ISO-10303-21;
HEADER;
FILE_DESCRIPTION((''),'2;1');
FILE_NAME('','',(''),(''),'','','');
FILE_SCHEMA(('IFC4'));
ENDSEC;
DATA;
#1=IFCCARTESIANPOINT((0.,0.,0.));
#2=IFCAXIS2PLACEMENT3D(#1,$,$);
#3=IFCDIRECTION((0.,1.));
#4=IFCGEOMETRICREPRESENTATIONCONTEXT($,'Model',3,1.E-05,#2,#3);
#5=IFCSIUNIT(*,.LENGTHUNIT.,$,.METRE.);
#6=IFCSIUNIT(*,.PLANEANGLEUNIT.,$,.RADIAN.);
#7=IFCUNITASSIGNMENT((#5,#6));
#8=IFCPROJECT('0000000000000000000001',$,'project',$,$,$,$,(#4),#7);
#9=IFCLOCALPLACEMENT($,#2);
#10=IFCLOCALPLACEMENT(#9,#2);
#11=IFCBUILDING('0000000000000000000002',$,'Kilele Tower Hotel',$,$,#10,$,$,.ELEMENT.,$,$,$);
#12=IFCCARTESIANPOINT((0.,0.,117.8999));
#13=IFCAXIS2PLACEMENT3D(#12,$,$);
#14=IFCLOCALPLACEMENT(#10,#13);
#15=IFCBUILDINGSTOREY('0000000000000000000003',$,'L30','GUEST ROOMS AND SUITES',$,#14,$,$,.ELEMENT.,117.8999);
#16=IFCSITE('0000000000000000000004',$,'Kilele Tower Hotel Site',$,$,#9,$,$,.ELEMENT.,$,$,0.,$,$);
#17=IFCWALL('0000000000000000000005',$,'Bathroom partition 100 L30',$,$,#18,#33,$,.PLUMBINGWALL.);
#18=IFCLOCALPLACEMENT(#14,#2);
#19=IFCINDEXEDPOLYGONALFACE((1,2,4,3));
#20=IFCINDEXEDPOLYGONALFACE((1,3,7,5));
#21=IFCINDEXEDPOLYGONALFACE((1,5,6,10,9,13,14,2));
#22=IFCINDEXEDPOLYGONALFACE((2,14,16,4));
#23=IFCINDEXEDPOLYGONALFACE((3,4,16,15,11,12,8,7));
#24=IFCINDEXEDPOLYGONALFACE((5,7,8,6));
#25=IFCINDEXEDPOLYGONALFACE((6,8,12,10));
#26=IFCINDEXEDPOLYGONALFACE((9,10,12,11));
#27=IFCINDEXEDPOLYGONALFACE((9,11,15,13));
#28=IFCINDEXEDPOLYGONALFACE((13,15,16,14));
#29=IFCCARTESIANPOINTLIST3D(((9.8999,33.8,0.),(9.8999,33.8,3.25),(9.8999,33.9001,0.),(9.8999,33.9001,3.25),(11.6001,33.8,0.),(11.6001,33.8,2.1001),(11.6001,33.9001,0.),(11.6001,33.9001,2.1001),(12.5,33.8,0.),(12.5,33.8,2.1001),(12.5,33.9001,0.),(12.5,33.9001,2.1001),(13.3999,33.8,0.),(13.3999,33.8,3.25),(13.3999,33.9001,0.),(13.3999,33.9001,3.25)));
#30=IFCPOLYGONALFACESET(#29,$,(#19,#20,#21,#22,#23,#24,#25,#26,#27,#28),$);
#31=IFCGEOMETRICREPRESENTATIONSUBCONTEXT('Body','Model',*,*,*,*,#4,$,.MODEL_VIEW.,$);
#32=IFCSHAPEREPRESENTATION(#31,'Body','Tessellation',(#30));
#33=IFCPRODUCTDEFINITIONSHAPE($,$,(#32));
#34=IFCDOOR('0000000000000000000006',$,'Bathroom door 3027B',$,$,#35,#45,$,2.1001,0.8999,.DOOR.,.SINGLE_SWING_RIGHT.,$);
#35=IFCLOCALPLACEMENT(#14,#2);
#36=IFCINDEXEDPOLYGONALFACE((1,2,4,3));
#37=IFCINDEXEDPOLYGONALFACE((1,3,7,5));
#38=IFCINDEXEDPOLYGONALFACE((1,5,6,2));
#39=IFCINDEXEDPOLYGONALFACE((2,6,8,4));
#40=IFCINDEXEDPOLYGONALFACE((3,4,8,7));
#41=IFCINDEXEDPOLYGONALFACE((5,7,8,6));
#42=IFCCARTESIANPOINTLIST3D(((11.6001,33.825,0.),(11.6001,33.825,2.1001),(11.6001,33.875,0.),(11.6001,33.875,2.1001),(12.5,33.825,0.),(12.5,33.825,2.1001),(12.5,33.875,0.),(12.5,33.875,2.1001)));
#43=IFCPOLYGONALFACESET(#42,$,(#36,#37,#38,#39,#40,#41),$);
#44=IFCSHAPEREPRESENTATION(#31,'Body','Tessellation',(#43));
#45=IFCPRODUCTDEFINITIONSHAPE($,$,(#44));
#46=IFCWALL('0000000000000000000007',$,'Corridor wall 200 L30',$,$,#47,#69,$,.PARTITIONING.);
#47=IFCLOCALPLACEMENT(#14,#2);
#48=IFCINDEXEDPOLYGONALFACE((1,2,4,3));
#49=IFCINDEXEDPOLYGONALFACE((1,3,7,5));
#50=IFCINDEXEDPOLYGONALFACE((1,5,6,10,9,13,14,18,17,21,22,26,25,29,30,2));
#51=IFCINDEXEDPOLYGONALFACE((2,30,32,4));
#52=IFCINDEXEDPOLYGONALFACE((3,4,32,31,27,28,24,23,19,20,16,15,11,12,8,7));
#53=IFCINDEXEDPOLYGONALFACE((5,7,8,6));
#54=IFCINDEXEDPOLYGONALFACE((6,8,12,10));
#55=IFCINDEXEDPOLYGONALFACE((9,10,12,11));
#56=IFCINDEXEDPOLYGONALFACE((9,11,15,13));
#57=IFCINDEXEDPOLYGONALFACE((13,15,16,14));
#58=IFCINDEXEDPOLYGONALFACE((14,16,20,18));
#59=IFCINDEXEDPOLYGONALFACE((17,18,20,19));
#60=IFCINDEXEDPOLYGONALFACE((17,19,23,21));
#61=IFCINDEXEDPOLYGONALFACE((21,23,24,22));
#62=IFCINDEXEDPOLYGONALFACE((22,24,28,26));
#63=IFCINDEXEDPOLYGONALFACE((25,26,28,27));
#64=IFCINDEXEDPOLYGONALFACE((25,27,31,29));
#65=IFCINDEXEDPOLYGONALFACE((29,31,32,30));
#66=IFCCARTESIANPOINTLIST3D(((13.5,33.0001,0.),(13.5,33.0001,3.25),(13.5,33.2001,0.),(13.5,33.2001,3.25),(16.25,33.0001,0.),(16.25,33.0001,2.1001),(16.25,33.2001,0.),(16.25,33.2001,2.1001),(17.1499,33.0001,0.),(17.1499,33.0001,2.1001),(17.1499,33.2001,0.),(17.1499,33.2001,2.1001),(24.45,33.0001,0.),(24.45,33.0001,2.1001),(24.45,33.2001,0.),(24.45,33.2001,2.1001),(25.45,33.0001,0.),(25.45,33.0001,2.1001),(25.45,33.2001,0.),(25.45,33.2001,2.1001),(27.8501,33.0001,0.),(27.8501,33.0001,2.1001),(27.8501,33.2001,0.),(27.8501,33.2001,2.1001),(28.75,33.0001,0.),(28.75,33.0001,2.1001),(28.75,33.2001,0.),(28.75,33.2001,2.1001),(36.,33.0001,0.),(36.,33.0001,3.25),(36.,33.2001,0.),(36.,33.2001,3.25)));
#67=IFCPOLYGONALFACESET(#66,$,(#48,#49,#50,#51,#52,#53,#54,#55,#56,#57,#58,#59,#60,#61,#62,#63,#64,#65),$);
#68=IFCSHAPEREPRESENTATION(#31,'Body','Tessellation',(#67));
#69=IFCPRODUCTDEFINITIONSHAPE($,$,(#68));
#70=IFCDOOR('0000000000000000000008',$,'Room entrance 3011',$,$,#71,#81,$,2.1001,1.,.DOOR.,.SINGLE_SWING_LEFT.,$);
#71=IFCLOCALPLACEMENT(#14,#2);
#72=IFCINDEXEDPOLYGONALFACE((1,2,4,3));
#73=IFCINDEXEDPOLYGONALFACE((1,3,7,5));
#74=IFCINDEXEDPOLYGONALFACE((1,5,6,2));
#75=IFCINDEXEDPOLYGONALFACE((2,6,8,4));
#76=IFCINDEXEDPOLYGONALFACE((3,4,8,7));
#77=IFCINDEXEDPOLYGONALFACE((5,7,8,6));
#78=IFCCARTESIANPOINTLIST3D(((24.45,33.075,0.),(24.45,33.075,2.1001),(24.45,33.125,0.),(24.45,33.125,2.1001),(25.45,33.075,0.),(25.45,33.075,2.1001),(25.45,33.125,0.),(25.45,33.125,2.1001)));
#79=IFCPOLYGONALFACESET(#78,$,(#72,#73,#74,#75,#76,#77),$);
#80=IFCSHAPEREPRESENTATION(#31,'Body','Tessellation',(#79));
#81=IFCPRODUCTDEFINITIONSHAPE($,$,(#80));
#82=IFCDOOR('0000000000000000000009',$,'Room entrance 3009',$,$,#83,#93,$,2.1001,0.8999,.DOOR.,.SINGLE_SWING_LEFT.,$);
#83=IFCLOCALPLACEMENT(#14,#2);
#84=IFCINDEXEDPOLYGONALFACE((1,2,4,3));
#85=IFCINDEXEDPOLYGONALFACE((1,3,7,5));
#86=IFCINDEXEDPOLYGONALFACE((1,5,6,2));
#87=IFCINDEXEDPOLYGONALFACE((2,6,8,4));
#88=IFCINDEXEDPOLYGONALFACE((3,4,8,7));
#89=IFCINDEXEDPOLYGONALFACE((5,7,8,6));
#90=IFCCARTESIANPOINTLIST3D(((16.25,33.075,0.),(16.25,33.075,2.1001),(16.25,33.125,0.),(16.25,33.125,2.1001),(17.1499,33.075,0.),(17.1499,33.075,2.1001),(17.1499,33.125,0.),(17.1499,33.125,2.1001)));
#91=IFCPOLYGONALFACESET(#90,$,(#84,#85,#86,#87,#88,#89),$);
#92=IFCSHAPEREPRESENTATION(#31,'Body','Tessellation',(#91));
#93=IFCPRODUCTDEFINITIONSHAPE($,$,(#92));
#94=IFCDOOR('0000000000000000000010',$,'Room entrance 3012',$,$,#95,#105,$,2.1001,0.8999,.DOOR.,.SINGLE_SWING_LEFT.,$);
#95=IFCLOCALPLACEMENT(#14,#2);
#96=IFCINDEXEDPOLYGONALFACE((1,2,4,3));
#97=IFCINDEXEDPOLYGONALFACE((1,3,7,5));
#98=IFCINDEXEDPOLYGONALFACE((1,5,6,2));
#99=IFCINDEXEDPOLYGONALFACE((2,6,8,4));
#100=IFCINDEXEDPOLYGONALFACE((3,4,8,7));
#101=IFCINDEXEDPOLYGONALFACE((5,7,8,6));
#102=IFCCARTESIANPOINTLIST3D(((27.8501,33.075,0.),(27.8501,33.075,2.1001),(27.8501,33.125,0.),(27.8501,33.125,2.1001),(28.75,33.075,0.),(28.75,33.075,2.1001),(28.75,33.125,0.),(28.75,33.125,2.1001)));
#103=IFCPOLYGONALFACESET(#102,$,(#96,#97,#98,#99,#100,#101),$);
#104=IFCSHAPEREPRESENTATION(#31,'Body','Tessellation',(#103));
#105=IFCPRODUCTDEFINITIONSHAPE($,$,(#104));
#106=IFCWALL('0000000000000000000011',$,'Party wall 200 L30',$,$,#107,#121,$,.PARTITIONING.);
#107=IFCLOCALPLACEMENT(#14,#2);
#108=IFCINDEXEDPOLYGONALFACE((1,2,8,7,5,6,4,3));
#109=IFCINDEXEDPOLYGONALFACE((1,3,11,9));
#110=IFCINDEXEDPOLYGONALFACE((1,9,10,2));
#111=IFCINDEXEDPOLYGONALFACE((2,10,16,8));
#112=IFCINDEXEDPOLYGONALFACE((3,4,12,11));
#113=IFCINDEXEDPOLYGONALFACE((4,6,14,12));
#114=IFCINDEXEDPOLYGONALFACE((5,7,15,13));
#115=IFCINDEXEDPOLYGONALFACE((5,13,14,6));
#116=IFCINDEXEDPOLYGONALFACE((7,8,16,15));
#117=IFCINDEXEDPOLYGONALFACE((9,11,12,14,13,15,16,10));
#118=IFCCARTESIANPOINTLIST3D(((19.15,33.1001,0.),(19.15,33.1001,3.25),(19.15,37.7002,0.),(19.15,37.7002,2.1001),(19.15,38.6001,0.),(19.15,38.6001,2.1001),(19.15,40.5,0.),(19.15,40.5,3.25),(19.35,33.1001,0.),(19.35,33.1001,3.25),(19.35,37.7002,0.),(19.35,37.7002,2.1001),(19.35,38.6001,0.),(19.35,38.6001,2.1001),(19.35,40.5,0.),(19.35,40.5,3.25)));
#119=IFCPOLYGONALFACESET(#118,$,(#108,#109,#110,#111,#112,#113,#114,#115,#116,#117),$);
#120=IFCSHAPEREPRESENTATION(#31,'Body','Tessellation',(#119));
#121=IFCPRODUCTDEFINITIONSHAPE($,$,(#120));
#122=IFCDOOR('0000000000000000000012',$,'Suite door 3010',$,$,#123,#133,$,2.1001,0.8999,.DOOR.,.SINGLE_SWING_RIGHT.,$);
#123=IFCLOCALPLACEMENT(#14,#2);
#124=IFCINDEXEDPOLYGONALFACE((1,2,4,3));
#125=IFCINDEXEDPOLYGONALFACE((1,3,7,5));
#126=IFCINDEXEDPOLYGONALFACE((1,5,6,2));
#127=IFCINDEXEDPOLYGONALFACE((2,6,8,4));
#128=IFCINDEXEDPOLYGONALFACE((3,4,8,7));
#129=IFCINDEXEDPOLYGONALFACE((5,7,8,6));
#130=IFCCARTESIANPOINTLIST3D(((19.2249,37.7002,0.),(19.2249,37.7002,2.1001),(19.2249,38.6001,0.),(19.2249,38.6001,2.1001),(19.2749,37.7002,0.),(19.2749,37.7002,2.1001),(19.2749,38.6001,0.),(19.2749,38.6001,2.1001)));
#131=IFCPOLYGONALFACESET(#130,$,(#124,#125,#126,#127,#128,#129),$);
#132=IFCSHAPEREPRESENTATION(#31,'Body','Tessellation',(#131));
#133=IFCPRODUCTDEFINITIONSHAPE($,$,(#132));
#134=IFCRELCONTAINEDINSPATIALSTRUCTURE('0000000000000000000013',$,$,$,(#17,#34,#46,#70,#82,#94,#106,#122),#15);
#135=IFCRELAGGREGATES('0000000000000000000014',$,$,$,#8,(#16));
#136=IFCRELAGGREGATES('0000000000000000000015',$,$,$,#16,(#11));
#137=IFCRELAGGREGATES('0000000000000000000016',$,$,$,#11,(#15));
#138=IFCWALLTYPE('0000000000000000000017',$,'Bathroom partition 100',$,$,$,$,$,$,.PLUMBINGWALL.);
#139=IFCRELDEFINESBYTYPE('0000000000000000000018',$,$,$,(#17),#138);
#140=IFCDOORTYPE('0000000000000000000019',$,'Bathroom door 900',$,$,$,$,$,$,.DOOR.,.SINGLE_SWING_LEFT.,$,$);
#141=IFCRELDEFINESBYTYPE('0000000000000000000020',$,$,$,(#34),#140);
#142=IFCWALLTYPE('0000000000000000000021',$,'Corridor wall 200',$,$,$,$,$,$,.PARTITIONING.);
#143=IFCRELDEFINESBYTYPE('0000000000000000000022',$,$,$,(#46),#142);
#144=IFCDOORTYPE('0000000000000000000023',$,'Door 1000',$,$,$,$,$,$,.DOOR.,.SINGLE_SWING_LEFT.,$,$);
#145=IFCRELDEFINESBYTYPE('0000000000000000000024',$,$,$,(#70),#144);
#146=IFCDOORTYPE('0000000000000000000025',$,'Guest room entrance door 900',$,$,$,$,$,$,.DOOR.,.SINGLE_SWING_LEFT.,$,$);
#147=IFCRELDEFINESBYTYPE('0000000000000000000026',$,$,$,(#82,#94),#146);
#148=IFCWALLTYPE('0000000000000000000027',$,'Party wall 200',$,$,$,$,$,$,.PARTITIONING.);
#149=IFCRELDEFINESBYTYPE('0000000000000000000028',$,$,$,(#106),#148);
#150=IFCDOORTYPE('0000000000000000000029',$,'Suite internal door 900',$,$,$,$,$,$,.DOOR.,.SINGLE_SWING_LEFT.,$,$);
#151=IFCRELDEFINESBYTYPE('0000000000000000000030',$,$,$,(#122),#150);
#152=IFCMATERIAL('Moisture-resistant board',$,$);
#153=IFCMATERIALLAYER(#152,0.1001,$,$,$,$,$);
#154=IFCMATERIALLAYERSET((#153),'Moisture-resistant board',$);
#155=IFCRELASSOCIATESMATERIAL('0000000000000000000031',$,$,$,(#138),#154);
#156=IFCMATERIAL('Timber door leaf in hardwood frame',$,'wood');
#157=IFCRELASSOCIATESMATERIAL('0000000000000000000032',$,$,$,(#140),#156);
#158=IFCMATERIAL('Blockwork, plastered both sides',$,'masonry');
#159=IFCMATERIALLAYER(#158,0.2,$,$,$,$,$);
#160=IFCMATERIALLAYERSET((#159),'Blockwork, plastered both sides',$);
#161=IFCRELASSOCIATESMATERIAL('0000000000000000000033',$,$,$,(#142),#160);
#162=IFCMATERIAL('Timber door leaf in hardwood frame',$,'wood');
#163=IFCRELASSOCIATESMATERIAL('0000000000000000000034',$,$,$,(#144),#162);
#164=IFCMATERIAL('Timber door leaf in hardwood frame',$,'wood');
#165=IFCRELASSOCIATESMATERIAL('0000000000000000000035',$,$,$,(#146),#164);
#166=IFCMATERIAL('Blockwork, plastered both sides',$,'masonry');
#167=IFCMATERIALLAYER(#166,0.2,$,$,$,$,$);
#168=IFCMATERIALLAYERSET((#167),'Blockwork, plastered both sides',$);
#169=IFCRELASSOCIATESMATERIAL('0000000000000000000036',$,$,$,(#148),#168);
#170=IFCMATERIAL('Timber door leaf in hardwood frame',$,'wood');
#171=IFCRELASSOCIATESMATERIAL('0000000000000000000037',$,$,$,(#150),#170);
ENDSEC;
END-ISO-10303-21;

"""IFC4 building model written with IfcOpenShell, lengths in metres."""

from ifc_helpers import new_model, si_unit, direction, frame, frame_2d, origin, place, context, subcontext, project, spatial, rectangle, extrude, material, layer, layer_set, type_object, element, fill, save


model = new_model("IFC4")

# Units and contexts
model_context = context("Model", 3, precision=1e-05, world=origin(), true_north=direction((0.0, 1.0)))
body_context = subcontext(model_context, "Body", "Model", "MODEL_VIEW")
ifc_project = project(units=[si_unit("LENGTHUNIT", "METRE"), si_unit("PLANEANGLEUNIT", "RADIAN")], contexts=[model_context])

# Site, building, storey
site_placement = place(None, origin())
site = spatial("IfcSite", under=ifc_project, at=site_placement, Name="Kilele Tower Hotel Site", CompositionType="ELEMENT", RefElevation=0.0)
building_placement = place(site_placement, origin())
building = spatial("IfcBuilding", under=site, at=building_placement, Name="Kilele Tower Hotel", CompositionType="ELEMENT")
storey_placement = place(building_placement, frame((0.0, 0.0, 117.8999)))
storey = spatial("IfcBuildingStorey", under=building, at=storey_placement, Name="L30", Description="GUEST ROOMS AND SUITES", CompositionType="ELEMENT", Elevation=117.8999)

# Shared definitions
ifc_material_1 = material(Name="Moisture-resistant board")
ifc_layer_1 = layer(ifc_material_1, 0.1001)
ifc_layer_set_1 = layer_set([ifc_layer_1], Name="Moisture-resistant board")
wall_type_1 = type_object("IfcWallType", Name="Bathroom partition 100", PredefinedType="PLUMBINGWALL", material=ifc_layer_set_1)

# Shared definitions
ifc_material_2 = material(Name="Timber door leaf in hardwood frame", Category="wood")
door_type_1 = type_object("IfcDoorType", Name="Bathroom door 900", OperationType="SINGLE_SWING_LEFT", PredefinedType="DOOR", material=ifc_material_2)

# Wall, opening, door
wall_1_placement = place(storey_placement, frame((13.3999, 33.8501, 0.0), z_axis=(0.0, 0.0, 1.0), x_axis=(-1.0, 0.0, 0.0)))
wall_1 = element("IfcWall", 1, at=wall_1_placement, inside=storey, type_object=wall_type_1, Name="Bathroom partition 100 L30", PredefinedType="PLUMBINGWALL", context=body_context, shape_type="SweptSolid", body=[
    extrude(rectangle(XDim=3.5, YDim=0.1001, at=frame_2d((1.75, 0.0))), origin(), (0.0, 0.0, 1.0), 3.25),
])
opening_1_placement = place(wall_1_placement, frame((1.7998, 0.0, 0.0), z_axis=(0.0, 0.0, 1.0), x_axis=(-1.0, 0.0, 0.0)))
opening_1 = element("IfcOpeningElement", 2, at=opening_1_placement, cuts=wall_1, PredefinedType="OPENING", context=body_context, shape_type="SweptSolid", body=[
    extrude(rectangle(XDim=0.8999, YDim=2.1001, at=frame_2d((0.45, 1.05))), frame((0.0, 0.0601, 0.0), z_axis=(0.0, -1.0, 0.0), x_axis=(1.0, 0.0, 0.0)), (0.0, 0.0, 1.0), 0.1201),
])
door_1_placement = place(opening_1_placement, origin())
door_1 = element("IfcDoor", 3, at=door_1_placement, inside=storey, type_object=door_type_1, Name="Bathroom door 3027B", OperationType="SINGLE_SWING_RIGHT", OverallHeight=2.1001, OverallWidth=0.8999, PredefinedType="DOOR", context=body_context, shape_type="SweptSolid", body=[
    extrude(rectangle(XDim=0.8999, YDim=2.1001, at=frame_2d((0.45, 1.05))), frame((0.0, 0.0249, 0.0), z_axis=(0.0, -1.0, 0.0), x_axis=(1.0, 0.0, 0.0)), (0.0, 0.0, 1.0), 0.05),
])
fill(opening_1, door_1)

# Wall, openings, doors
ifc_material_3 = material(Name="Blockwork, plastered both sides", Category="masonry")
ifc_layer_2 = layer(ifc_material_3, 0.2)
ifc_layer_set_2 = layer_set([ifc_layer_2], Name="Blockwork, plastered both sides")
wall_type_2 = type_object("IfcWallType", Name="Corridor wall 200", PredefinedType="PARTITIONING", material=ifc_layer_set_2)
wall_2_placement = place(storey_placement, frame((13.5, 33.1001, 0.0), z_axis=(0.0, 0.0, 1.0), x_axis=(1.0, 0.0, 0.0)))
wall_2 = element("IfcWall", 4, at=wall_2_placement, inside=storey, type_object=wall_type_2, Name="Corridor wall 200 L30", PredefinedType="PARTITIONING", context=body_context, shape_type="SweptSolid", body=[
    extrude(rectangle(XDim=22.5, YDim=0.2, at=frame_2d((11.25, 0.0))), origin(), (0.0, 0.0, 1.0), 3.25),
])
opening_2_placement = place(wall_2_placement, frame((2.75, 0.0, 0.0)))
opening_2 = element("IfcOpeningElement", 5, at=opening_2_placement, cuts=wall_2, PredefinedType="OPENING", context=body_context, shape_type="SweptSolid", body=[
    extrude(rectangle(XDim=0.8999, YDim=2.1001, at=frame_2d((0.45, 1.05))), frame((0.0, 0.1099, 0.0), z_axis=(0.0, -1.0, 0.0), x_axis=(1.0, 0.0, 0.0)), (0.0, 0.0, 1.0), 0.22),
])
opening_3_placement = place(wall_2_placement, frame((10.95, 0.0, 0.0)))
opening_3 = element("IfcOpeningElement", 6, at=opening_3_placement, cuts=wall_2, PredefinedType="OPENING", context=body_context, shape_type="SweptSolid", body=[
    extrude(rectangle(XDim=1.0, YDim=2.1001, at=frame_2d((0.5, 1.05))), frame((0.0, 0.1099, 0.0), z_axis=(0.0, -1.0, 0.0), x_axis=(1.0, 0.0, 0.0)), (0.0, 0.0, 1.0), 0.22),
])
opening_4_placement = place(wall_2_placement, frame((14.3501, 0.0, 0.0)))
opening_4 = element("IfcOpeningElement", 7, at=opening_4_placement, cuts=wall_2, PredefinedType="OPENING", context=body_context, shape_type="SweptSolid", body=[
    extrude(rectangle(XDim=0.8999, YDim=2.1001, at=frame_2d((0.45, 1.05))), frame((0.0, 0.1099, 0.0), z_axis=(0.0, -1.0, 0.0), x_axis=(1.0, 0.0, 0.0)), (0.0, 0.0, 1.0), 0.22),
])
ifc_material_4 = material(Name="Timber door leaf in hardwood frame", Category="wood")
door_type_2 = type_object("IfcDoorType", Name="Door 1000", OperationType="SINGLE_SWING_LEFT", PredefinedType="DOOR", material=ifc_material_4)
door_2_placement = place(opening_3_placement, origin())
door_2 = element("IfcDoor", 8, at=door_2_placement, inside=storey, type_object=door_type_2, Name="Room entrance 3011", OperationType="SINGLE_SWING_LEFT", OverallHeight=2.1001, OverallWidth=1.0, PredefinedType="DOOR", context=body_context, shape_type="SweptSolid", body=[
    extrude(rectangle(XDim=1.0, YDim=2.1001, at=frame_2d((0.5, 1.05))), frame((0.0, 0.0249, 0.0), z_axis=(0.0, -1.0, 0.0), x_axis=(1.0, 0.0, 0.0)), (0.0, 0.0, 1.0), 0.05),
])
fill(opening_3, door_2)
ifc_material_5 = material(Name="Timber door leaf in hardwood frame", Category="wood")
door_type_3 = type_object("IfcDoorType", Name="Guest room entrance door 900", OperationType="SINGLE_SWING_LEFT", PredefinedType="DOOR", material=ifc_material_5)
door_3_placement = place(opening_2_placement, origin())
door_3 = element("IfcDoor", 9, at=door_3_placement, inside=storey, type_object=door_type_3, Name="Room entrance 3009", OperationType="SINGLE_SWING_LEFT", OverallHeight=2.1001, OverallWidth=0.8999, PredefinedType="DOOR", context=body_context, shape_type="SweptSolid", body=[
    extrude(rectangle(XDim=0.8999, YDim=2.1001, at=frame_2d((0.45, 1.05))), frame((0.0, 0.0249, 0.0), z_axis=(0.0, -1.0, 0.0), x_axis=(1.0, 0.0, 0.0)), (0.0, 0.0, 1.0), 0.05),
])
fill(opening_2, door_3)
door_4_placement = place(opening_4_placement, origin())
door_4 = element("IfcDoor", 10, at=door_4_placement, inside=storey, type_object=door_type_3, Name="Room entrance 3012", OperationType="SINGLE_SWING_LEFT", OverallHeight=2.1001, OverallWidth=0.8999, PredefinedType="DOOR", context=body_context, shape_type="SweptSolid", body=[
    extrude(rectangle(XDim=0.8999, YDim=2.1001, at=frame_2d((0.45, 1.05))), frame((0.0, 0.0249, 0.0), z_axis=(0.0, -1.0, 0.0), x_axis=(1.0, 0.0, 0.0)), (0.0, 0.0, 1.0), 0.05),
])
fill(opening_4, door_4)

# Wall, opening, door
ifc_material_6 = material(Name="Blockwork, plastered both sides", Category="masonry")
ifc_layer_3 = layer(ifc_material_6, 0.2)
ifc_layer_set_3 = layer_set([ifc_layer_3], Name="Blockwork, plastered both sides")
wall_type_3 = type_object("IfcWallType", Name="Party wall 200", PredefinedType="PARTITIONING", material=ifc_layer_set_3)
wall_3_placement = place(storey_placement, frame((19.25, 33.1001, 0.0), z_axis=(0.0, 0.0, 1.0), x_axis=(0.0, 1.0, 0.0)))
wall_3 = element("IfcWall", 11, at=wall_3_placement, inside=storey, type_object=wall_type_3, Name="Party wall 200 L30", PredefinedType="PARTITIONING", context=body_context, shape_type="SweptSolid", body=[
    extrude(rectangle(XDim=7.3999, YDim=0.2, at=frame_2d((3.7, 0.0))), origin(), (0.0, 0.0, 1.0), 3.25),
])
opening_5_placement = place(wall_3_placement, frame((5.5, 0.0, 0.0), z_axis=(0.0, 0.0, 1.0), x_axis=(-1.0, 0.0, 0.0)))
opening_5 = element("IfcOpeningElement", 12, at=opening_5_placement, cuts=wall_3, PredefinedType="OPENING", context=body_context, shape_type="SweptSolid", body=[
    extrude(rectangle(XDim=0.8999, YDim=2.1001, at=frame_2d((0.45, 1.05))), frame((0.0, 0.1099, 0.0), z_axis=(0.0, -1.0, 0.0), x_axis=(1.0, 0.0, 0.0)), (0.0, 0.0, 1.0), 0.22),
])
ifc_material_7 = material(Name="Timber door leaf in hardwood frame", Category="wood")
door_type_4 = type_object("IfcDoorType", Name="Suite internal door 900", OperationType="SINGLE_SWING_LEFT", PredefinedType="DOOR", material=ifc_material_7)
door_5_placement = place(opening_5_placement, origin())
door_5 = element("IfcDoor", 13, at=door_5_placement, inside=storey, type_object=door_type_4, Name="Suite door 3010", OperationType="SINGLE_SWING_RIGHT", OverallHeight=2.1001, OverallWidth=0.8999, PredefinedType="DOOR", context=body_context, shape_type="SweptSolid", body=[
    extrude(rectangle(XDim=0.8999, YDim=2.1001, at=frame_2d((0.45, 1.05))), frame((0.0, 0.0249, 0.0), z_axis=(0.0, -1.0, 0.0), x_axis=(1.0, 0.0, 0.0)), (0.0, 0.0, 1.0), 0.05),
])
fill(opening_5, door_5)

save(model, "model.ifc")
